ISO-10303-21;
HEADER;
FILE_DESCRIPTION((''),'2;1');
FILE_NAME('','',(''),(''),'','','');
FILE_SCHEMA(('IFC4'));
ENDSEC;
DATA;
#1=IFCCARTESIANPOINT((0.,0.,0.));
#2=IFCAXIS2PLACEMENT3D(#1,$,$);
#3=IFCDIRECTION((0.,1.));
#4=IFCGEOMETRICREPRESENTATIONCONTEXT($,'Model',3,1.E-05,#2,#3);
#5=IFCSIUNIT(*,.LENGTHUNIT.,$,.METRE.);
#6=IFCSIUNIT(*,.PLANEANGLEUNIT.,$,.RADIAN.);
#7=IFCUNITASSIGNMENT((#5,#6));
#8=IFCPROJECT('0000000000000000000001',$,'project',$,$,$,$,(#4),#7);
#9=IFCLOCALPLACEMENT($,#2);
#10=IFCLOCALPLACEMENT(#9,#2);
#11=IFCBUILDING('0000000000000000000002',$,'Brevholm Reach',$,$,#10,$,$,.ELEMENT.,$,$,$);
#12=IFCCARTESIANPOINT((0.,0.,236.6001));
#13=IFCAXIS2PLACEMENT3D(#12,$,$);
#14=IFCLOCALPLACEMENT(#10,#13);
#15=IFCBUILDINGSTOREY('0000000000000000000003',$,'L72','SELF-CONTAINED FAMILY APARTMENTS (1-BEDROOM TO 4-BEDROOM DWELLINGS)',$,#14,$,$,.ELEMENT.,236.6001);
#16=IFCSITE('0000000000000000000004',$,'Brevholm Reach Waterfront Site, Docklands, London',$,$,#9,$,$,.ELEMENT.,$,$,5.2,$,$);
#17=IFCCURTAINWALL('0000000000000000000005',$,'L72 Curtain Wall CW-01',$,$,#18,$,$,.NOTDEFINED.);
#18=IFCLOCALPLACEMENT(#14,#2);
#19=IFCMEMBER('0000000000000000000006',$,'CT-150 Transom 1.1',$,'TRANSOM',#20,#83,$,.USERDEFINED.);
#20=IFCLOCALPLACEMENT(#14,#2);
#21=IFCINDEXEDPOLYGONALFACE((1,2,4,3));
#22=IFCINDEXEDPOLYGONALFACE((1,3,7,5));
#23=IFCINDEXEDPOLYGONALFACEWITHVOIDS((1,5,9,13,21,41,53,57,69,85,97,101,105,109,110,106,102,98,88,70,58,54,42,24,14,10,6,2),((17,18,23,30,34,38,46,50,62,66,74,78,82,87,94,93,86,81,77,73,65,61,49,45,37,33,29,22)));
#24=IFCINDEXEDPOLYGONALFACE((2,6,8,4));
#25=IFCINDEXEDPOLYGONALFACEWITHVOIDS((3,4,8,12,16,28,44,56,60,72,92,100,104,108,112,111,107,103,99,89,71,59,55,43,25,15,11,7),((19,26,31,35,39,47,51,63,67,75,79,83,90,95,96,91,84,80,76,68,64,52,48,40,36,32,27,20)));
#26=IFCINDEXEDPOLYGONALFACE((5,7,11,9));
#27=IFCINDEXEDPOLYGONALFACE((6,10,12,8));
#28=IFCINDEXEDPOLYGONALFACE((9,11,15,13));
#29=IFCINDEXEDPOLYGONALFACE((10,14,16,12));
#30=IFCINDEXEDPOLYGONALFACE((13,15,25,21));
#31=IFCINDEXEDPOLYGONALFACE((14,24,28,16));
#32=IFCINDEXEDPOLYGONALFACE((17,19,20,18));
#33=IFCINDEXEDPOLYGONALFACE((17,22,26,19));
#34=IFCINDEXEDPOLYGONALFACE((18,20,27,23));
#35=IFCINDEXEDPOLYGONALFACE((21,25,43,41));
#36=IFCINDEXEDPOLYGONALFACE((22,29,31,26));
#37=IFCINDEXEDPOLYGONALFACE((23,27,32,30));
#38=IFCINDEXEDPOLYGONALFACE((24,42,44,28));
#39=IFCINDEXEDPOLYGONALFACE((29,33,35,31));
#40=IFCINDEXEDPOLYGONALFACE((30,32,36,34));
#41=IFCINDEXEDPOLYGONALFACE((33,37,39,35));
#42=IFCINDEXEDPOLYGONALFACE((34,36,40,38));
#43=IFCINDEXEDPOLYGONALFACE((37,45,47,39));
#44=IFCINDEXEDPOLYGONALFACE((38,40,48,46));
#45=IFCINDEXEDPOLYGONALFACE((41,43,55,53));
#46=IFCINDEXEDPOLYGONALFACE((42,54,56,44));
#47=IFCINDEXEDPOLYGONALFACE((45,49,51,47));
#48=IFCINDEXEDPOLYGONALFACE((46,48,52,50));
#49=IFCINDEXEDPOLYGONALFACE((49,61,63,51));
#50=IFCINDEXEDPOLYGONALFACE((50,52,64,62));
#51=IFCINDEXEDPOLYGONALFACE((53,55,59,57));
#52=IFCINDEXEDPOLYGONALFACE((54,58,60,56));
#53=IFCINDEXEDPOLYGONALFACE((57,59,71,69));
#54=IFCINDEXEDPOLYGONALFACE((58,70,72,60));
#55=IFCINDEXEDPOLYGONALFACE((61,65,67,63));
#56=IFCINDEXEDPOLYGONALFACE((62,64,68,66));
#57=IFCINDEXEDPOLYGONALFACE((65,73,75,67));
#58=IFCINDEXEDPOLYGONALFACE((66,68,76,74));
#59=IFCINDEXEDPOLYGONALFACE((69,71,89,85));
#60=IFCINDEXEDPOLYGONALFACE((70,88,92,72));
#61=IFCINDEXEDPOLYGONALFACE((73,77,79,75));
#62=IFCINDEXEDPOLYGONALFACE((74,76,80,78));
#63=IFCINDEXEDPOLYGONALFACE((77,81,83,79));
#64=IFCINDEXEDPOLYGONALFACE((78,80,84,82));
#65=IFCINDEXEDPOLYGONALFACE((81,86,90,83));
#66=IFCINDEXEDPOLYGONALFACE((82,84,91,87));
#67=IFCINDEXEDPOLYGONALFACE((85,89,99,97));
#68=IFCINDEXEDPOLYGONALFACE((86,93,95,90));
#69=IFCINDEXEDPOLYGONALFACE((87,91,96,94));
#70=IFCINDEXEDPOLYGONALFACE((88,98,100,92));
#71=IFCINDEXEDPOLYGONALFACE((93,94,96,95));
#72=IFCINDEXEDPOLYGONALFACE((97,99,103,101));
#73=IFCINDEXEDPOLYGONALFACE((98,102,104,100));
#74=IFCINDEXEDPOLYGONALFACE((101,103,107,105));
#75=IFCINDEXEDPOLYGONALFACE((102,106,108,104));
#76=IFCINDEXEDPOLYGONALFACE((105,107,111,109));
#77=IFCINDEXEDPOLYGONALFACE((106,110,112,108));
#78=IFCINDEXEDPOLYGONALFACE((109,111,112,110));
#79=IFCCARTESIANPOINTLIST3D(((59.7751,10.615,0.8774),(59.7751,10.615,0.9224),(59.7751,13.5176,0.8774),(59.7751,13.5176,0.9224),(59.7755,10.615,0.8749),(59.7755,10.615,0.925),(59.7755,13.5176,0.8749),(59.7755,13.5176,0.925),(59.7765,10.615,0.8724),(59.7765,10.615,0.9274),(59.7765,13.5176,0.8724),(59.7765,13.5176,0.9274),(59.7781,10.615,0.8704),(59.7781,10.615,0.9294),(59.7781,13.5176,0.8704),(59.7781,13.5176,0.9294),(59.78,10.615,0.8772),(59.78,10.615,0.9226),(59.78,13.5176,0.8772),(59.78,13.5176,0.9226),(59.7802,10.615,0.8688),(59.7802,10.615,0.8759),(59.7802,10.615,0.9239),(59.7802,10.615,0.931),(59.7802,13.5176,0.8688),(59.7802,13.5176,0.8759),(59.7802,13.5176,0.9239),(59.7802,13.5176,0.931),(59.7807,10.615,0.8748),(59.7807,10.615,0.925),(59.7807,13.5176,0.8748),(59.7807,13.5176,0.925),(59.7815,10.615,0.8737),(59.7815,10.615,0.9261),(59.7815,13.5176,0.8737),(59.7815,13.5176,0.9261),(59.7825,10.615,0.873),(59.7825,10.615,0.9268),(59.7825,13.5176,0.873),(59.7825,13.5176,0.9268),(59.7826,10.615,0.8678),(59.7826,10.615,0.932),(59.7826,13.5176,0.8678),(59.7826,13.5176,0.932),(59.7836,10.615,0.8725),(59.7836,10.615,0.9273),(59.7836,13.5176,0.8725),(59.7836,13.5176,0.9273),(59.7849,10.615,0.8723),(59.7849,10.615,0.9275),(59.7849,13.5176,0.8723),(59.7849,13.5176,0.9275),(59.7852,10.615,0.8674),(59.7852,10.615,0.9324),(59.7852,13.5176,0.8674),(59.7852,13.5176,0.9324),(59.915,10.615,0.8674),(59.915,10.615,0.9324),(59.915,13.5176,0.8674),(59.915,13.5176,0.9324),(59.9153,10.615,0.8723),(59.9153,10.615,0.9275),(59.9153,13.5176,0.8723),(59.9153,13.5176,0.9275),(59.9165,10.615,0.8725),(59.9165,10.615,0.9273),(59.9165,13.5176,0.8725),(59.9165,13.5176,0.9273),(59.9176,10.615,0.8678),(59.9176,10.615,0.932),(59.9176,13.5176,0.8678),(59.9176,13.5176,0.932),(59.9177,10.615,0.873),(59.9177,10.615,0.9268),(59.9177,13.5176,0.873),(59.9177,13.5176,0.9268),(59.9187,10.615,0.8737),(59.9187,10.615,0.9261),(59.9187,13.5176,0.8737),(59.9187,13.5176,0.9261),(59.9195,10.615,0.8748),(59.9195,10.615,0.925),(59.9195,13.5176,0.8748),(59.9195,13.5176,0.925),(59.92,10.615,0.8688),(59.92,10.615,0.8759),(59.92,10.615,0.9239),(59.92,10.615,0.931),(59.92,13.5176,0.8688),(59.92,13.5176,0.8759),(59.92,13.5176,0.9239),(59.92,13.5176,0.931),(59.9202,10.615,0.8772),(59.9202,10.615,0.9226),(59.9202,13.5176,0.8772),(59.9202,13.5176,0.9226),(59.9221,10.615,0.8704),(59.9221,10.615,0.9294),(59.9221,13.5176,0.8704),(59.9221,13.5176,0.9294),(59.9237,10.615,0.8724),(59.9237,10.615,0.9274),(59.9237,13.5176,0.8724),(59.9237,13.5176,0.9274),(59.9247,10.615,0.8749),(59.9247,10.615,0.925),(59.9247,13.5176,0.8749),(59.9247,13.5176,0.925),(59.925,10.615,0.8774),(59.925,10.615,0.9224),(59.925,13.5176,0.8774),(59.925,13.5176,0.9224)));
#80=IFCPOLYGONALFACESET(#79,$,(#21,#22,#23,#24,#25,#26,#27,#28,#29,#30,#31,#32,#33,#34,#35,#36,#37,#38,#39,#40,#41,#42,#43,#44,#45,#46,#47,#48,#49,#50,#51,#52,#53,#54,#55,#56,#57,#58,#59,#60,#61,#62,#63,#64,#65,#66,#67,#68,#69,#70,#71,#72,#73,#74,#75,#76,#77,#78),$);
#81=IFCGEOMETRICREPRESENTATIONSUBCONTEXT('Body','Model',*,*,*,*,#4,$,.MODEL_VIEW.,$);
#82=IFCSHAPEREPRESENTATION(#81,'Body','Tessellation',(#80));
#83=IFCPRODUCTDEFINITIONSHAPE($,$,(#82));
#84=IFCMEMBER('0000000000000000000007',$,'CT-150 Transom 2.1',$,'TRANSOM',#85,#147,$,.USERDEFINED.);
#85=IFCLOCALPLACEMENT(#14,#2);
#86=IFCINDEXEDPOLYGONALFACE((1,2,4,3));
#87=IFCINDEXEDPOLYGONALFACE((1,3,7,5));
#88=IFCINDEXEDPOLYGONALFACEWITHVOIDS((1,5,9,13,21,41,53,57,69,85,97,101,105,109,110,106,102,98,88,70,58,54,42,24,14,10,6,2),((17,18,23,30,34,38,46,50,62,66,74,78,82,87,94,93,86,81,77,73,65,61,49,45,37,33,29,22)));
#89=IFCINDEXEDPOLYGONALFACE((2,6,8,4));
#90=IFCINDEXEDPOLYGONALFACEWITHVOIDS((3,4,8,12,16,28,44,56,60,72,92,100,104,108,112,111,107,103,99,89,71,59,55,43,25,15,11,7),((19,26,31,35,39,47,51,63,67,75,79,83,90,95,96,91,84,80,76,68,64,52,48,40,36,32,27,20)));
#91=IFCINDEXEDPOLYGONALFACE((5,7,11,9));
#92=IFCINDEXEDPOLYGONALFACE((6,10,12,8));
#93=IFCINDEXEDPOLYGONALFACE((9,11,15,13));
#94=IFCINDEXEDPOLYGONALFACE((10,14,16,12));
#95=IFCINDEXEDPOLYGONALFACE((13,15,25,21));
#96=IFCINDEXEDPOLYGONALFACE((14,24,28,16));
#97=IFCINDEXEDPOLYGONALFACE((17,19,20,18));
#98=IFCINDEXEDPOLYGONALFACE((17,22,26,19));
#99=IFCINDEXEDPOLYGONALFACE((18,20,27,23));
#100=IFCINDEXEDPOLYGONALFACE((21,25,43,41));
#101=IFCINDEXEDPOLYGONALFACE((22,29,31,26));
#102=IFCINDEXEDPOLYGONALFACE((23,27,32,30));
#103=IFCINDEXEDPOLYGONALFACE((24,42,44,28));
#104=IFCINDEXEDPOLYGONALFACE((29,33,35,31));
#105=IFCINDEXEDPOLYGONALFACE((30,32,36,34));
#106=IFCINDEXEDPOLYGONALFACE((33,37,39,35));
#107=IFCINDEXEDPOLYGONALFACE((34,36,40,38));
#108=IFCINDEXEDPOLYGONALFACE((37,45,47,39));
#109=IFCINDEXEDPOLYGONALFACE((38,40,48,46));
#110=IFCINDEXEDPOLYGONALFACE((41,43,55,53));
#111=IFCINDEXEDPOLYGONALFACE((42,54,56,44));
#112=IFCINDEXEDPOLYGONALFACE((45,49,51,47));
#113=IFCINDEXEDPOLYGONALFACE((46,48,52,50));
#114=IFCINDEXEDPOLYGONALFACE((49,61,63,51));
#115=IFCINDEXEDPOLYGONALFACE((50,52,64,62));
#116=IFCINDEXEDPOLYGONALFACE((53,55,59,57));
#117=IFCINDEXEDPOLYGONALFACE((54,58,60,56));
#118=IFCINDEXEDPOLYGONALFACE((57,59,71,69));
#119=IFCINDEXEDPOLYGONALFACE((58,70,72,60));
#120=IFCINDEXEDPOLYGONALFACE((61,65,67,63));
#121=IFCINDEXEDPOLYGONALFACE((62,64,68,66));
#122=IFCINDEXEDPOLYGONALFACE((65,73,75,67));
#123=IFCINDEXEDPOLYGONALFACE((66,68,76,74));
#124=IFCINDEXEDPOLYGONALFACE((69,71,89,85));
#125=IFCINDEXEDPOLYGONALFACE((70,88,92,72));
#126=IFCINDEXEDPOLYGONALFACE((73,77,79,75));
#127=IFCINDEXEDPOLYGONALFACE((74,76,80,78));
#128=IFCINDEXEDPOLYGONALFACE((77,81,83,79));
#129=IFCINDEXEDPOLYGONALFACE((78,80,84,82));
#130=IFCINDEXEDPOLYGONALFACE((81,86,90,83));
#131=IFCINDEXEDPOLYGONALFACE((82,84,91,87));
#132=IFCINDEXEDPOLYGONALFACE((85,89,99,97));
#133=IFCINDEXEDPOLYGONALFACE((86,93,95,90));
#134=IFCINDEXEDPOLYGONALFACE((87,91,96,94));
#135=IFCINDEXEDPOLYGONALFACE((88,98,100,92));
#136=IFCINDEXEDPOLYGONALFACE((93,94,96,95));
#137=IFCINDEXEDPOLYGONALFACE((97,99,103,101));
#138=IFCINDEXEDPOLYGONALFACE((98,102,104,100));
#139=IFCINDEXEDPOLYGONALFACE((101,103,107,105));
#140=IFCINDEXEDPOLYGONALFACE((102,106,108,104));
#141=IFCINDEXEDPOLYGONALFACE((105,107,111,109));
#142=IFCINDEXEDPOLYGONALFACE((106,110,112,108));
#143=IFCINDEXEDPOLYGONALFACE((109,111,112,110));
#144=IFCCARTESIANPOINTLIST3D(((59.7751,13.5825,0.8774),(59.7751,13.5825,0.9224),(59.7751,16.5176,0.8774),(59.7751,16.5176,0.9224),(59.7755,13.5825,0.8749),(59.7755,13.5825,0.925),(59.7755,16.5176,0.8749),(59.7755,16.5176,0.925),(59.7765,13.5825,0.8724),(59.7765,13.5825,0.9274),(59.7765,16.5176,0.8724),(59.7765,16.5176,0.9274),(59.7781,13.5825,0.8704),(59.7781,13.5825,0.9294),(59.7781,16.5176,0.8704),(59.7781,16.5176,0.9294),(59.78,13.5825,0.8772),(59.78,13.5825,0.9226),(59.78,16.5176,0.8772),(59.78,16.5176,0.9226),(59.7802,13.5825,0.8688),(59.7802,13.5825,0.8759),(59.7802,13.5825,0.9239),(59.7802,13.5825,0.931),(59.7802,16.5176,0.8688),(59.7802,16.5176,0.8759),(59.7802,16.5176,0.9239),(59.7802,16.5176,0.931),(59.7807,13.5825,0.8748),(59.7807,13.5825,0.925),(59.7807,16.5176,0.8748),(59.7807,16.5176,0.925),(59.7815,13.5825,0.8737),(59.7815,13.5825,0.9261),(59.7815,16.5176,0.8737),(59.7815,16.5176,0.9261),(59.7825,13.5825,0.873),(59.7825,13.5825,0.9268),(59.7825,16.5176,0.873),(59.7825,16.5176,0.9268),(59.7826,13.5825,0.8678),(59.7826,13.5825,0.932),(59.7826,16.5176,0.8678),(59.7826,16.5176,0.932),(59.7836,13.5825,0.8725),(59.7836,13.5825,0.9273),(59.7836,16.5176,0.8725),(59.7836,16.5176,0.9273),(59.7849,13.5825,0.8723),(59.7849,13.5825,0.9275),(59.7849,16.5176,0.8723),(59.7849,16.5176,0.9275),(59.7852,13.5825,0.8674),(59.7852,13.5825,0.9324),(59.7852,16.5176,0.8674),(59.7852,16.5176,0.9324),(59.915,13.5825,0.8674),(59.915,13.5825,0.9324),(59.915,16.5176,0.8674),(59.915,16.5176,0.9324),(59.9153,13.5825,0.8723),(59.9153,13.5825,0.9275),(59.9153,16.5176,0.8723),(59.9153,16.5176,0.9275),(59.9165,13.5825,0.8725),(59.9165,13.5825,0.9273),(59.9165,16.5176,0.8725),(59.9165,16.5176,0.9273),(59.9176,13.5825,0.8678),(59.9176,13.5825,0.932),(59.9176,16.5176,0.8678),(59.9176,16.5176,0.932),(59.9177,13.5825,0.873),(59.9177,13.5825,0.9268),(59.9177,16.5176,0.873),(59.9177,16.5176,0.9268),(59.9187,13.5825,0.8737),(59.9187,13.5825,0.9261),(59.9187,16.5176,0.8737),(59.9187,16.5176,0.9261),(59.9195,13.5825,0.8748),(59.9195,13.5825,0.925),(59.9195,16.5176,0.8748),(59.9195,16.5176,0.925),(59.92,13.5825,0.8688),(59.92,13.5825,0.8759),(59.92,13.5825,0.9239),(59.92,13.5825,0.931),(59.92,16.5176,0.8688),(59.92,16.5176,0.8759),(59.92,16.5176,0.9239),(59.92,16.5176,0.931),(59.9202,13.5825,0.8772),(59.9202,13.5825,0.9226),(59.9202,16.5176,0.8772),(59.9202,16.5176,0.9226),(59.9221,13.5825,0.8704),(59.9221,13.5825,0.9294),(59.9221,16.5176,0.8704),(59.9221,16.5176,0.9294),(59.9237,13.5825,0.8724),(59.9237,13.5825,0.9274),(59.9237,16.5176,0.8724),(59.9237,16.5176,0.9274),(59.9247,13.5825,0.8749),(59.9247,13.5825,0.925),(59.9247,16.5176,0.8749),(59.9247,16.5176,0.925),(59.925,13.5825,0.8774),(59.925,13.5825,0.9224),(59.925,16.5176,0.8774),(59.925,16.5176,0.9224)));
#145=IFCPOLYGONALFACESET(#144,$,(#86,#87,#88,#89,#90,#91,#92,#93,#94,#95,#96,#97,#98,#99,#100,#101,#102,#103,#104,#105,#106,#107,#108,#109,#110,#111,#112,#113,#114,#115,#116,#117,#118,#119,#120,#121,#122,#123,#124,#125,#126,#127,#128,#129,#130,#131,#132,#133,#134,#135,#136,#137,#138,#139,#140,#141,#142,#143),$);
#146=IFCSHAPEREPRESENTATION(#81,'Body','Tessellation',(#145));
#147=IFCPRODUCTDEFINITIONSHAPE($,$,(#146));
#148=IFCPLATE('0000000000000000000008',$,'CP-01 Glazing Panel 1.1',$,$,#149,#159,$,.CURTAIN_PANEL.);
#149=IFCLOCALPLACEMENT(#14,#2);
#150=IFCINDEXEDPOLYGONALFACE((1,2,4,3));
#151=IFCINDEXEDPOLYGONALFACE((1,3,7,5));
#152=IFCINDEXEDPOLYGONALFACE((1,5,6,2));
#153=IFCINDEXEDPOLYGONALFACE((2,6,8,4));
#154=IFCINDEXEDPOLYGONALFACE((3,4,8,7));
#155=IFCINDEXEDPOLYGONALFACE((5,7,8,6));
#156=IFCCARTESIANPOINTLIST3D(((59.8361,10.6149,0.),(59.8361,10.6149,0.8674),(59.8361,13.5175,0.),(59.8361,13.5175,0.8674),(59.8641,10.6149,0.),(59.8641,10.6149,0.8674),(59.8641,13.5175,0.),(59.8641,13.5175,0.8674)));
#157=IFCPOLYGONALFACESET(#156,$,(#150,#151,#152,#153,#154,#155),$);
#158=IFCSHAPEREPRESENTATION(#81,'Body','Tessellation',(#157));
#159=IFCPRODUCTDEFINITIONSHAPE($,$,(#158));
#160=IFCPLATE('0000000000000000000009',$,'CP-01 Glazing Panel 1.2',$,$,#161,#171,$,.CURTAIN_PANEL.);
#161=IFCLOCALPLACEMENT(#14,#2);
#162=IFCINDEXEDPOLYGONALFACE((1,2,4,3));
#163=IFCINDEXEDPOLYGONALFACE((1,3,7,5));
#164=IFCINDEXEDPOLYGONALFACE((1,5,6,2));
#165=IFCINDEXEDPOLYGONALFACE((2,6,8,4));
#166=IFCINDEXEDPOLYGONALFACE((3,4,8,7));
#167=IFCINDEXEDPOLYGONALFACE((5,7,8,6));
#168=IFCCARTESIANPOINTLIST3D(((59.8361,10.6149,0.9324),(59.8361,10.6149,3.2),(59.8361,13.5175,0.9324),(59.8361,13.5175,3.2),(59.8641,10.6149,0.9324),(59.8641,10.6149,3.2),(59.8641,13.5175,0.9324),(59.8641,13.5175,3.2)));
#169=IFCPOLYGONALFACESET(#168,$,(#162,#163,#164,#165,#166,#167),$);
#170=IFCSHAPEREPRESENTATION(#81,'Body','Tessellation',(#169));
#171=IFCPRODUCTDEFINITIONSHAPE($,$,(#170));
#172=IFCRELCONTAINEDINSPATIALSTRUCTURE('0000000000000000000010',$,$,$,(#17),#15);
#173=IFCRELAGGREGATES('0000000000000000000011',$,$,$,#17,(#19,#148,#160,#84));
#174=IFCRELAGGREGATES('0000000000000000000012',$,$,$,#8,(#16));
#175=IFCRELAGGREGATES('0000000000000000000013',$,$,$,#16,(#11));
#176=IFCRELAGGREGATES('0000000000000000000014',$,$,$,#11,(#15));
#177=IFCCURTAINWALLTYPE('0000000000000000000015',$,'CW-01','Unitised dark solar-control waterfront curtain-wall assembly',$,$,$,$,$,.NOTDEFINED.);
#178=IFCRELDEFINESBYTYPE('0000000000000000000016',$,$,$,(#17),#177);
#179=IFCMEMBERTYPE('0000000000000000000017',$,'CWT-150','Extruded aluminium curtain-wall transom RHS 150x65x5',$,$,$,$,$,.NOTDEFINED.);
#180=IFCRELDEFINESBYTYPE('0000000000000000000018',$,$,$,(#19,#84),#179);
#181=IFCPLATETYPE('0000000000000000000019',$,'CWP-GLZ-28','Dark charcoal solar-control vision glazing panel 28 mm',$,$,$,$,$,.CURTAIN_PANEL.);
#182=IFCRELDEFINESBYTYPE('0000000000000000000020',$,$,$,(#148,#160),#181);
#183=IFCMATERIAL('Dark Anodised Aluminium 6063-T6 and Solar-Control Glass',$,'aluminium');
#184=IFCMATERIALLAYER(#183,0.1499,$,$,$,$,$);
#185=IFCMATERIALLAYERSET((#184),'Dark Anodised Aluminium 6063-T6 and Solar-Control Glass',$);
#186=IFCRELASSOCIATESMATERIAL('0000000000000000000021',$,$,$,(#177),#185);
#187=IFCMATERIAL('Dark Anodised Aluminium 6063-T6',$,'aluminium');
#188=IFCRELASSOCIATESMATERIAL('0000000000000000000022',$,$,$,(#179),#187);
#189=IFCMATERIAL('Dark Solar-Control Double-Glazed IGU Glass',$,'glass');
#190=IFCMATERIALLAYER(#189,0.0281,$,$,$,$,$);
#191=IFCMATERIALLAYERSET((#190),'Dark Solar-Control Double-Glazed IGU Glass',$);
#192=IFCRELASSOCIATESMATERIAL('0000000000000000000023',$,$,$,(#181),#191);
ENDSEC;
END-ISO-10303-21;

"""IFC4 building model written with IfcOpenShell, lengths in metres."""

from ifc_helpers import new_model, si_unit, direction, frame, origin, origin_2d, place, context, subcontext, project, spatial, rectangle, hollow_rectangle, extrude, material, layer, layer_set, material_profile, profile_set, type_object, element, aggregate, save


model = new_model("IFC4")

# Units and contexts
model_context = context("Model", 3, precision=1e-05, world=origin(), true_north=direction((0.0, 1.0)))
body_context = subcontext(model_context, "Body", "Model", "MODEL_VIEW")
ifc_project = project(units=[si_unit("LENGTHUNIT", "METRE"), si_unit("PLANEANGLEUNIT", "RADIAN")], contexts=[model_context])

# Site, building, storey
site_placement = place(None, origin())
site = spatial("IfcSite", under=ifc_project, at=site_placement, Name="Brevholm Reach Waterfront Site, Docklands, London", CompositionType="ELEMENT", RefElevation=5.2)
building_placement = place(site_placement, origin())
building = spatial("IfcBuilding", under=site, at=building_placement, Name="Brevholm Reach", CompositionType="ELEMENT")
storey_placement = place(building_placement, frame((0.0, 0.0, 236.6001)))
storey = spatial("IfcBuildingStorey", under=building, at=storey_placement, Name="L72", Description="SELF-CONTAINED FAMILY APARTMENTS (1-BEDROOM TO 4-BEDROOM DWELLINGS)", CompositionType="ELEMENT", Elevation=236.6001)

# Curtain wall, members, plates
ifc_material_1 = material(Name="Dark Anodised Aluminium 6063-T6 and Solar-Control Glass", Category="aluminium")
ifc_layer_1 = layer(ifc_material_1, 0.1499)
ifc_layer_set_1 = layer_set([ifc_layer_1], Name="Dark Anodised Aluminium 6063-T6 and Solar-Control Glass")
curtain_wall_type = type_object("IfcCurtainWallType", Name="CW-01", Description="Unitised dark solar-control waterfront curtain-wall assembly", PredefinedType="NOTDEFINED", material=ifc_layer_set_1)
curtain_wall_placement = place(storey_placement, origin())
curtain_wall = element("IfcCurtainWall", 1, at=curtain_wall_placement, inside=storey, type_object=curtain_wall_type, Name="L72 Curtain Wall CW-01", PredefinedType="NOTDEFINED")
ifc_material_2 = material(Name="Dark Anodised Aluminium 6063-T6", Category="aluminium")
ifc_material_profile_1 = material_profile(ifc_material_2, hollow_rectangle(XDim=0.0649, YDim=0.1499, WallThickness=0.0049, InnerFilletRadius=0.0049, OuterFilletRadius=0.01, at=origin_2d()), Name="RHS 150x65x5")
ifc_profile_set_1 = profile_set([ifc_material_profile_1], Name="Dark Anodised Aluminium 6063-T6")
member_type_1 = type_object("IfcMemberType", Name="CWT-150", Description="Extruded aluminium curtain-wall transom RHS 150x65x5", PredefinedType="NOTDEFINED", material=ifc_profile_set_1)
member_1_placement = place(storey_placement, frame((59.8501, 10.615, 0.8999), z_axis=(0.0, 1.0, 0.0), x_axis=(0.0, 0.0, 1.0)))
member_1 = element("IfcMember", 2, at=member_1_placement, type_object=member_type_1, Name="CT-150 Transom 1.1", ObjectType="TRANSOM", PredefinedType="USERDEFINED", context=body_context, shape_type="SweptSolid", body=[
    extrude(hollow_rectangle(XDim=0.0649, YDim=0.1499, WallThickness=0.0049, InnerFilletRadius=0.0049, OuterFilletRadius=0.01, at=origin_2d()), origin(), (0.0, 0.0, 1.0), 2.9026),
])
member_2_placement = place(storey_placement, frame((59.8501, 13.5825, 0.8999), z_axis=(0.0, 1.0, 0.0), x_axis=(0.0, 0.0, 1.0)))
member_2 = element("IfcMember", 3, at=member_2_placement, type_object=member_type_1, Name="CT-150 Transom 2.1", ObjectType="TRANSOM", PredefinedType="USERDEFINED", context=body_context, shape_type="SweptSolid", body=[
    extrude(hollow_rectangle(XDim=0.0649, YDim=0.1499, WallThickness=0.0049, InnerFilletRadius=0.0049, OuterFilletRadius=0.01, at=origin_2d()), origin(), (0.0, 0.0, 1.0), 2.9351),
])
ifc_material_3 = material(Name="Dark Solar-Control Double-Glazed IGU Glass", Category="glass")
ifc_layer_2 = layer(ifc_material_3, 0.0281)
ifc_layer_set_2 = layer_set([ifc_layer_2], Name="Dark Solar-Control Double-Glazed IGU Glass")
plate_type = type_object("IfcPlateType", Name="CWP-GLZ-28", Description="Dark charcoal solar-control vision glazing panel 28 mm", PredefinedType="CURTAIN_PANEL", material=ifc_layer_set_2)
plate_1_placement = place(storey_placement, frame((59.8501, 12.0662, 0.0), z_axis=(0.0, 0.0, 1.0), x_axis=(0.0, 1.0, 0.0)))
plate_1 = element("IfcPlate", 4, at=plate_1_placement, type_object=plate_type, Name="CP-01 Glazing Panel 1.1", PredefinedType="CURTAIN_PANEL", context=body_context, shape_type="SweptSolid", body=[
    extrude(rectangle(XDim=2.9026, YDim=0.0281, at=origin_2d()), origin(), (0.0, 0.0, 1.0), 0.8674),
])
plate_2_placement = place(storey_placement, frame((59.8501, 12.0662, 0.9324), z_axis=(0.0, 0.0, 1.0), x_axis=(0.0, 1.0, 0.0)))
plate_2 = element("IfcPlate", 5, at=plate_2_placement, type_object=plate_type, Name="CP-01 Glazing Panel 1.2", PredefinedType="CURTAIN_PANEL", context=body_context, shape_type="SweptSolid", body=[
    extrude(rectangle(XDim=2.9026, YDim=0.0281, at=origin_2d()), origin(), (0.0, 0.0, 1.0), 2.2676),
])
aggregate(curtain_wall, [member_1, plate_1, plate_2, member_2])

save(model, "model.ifc")
